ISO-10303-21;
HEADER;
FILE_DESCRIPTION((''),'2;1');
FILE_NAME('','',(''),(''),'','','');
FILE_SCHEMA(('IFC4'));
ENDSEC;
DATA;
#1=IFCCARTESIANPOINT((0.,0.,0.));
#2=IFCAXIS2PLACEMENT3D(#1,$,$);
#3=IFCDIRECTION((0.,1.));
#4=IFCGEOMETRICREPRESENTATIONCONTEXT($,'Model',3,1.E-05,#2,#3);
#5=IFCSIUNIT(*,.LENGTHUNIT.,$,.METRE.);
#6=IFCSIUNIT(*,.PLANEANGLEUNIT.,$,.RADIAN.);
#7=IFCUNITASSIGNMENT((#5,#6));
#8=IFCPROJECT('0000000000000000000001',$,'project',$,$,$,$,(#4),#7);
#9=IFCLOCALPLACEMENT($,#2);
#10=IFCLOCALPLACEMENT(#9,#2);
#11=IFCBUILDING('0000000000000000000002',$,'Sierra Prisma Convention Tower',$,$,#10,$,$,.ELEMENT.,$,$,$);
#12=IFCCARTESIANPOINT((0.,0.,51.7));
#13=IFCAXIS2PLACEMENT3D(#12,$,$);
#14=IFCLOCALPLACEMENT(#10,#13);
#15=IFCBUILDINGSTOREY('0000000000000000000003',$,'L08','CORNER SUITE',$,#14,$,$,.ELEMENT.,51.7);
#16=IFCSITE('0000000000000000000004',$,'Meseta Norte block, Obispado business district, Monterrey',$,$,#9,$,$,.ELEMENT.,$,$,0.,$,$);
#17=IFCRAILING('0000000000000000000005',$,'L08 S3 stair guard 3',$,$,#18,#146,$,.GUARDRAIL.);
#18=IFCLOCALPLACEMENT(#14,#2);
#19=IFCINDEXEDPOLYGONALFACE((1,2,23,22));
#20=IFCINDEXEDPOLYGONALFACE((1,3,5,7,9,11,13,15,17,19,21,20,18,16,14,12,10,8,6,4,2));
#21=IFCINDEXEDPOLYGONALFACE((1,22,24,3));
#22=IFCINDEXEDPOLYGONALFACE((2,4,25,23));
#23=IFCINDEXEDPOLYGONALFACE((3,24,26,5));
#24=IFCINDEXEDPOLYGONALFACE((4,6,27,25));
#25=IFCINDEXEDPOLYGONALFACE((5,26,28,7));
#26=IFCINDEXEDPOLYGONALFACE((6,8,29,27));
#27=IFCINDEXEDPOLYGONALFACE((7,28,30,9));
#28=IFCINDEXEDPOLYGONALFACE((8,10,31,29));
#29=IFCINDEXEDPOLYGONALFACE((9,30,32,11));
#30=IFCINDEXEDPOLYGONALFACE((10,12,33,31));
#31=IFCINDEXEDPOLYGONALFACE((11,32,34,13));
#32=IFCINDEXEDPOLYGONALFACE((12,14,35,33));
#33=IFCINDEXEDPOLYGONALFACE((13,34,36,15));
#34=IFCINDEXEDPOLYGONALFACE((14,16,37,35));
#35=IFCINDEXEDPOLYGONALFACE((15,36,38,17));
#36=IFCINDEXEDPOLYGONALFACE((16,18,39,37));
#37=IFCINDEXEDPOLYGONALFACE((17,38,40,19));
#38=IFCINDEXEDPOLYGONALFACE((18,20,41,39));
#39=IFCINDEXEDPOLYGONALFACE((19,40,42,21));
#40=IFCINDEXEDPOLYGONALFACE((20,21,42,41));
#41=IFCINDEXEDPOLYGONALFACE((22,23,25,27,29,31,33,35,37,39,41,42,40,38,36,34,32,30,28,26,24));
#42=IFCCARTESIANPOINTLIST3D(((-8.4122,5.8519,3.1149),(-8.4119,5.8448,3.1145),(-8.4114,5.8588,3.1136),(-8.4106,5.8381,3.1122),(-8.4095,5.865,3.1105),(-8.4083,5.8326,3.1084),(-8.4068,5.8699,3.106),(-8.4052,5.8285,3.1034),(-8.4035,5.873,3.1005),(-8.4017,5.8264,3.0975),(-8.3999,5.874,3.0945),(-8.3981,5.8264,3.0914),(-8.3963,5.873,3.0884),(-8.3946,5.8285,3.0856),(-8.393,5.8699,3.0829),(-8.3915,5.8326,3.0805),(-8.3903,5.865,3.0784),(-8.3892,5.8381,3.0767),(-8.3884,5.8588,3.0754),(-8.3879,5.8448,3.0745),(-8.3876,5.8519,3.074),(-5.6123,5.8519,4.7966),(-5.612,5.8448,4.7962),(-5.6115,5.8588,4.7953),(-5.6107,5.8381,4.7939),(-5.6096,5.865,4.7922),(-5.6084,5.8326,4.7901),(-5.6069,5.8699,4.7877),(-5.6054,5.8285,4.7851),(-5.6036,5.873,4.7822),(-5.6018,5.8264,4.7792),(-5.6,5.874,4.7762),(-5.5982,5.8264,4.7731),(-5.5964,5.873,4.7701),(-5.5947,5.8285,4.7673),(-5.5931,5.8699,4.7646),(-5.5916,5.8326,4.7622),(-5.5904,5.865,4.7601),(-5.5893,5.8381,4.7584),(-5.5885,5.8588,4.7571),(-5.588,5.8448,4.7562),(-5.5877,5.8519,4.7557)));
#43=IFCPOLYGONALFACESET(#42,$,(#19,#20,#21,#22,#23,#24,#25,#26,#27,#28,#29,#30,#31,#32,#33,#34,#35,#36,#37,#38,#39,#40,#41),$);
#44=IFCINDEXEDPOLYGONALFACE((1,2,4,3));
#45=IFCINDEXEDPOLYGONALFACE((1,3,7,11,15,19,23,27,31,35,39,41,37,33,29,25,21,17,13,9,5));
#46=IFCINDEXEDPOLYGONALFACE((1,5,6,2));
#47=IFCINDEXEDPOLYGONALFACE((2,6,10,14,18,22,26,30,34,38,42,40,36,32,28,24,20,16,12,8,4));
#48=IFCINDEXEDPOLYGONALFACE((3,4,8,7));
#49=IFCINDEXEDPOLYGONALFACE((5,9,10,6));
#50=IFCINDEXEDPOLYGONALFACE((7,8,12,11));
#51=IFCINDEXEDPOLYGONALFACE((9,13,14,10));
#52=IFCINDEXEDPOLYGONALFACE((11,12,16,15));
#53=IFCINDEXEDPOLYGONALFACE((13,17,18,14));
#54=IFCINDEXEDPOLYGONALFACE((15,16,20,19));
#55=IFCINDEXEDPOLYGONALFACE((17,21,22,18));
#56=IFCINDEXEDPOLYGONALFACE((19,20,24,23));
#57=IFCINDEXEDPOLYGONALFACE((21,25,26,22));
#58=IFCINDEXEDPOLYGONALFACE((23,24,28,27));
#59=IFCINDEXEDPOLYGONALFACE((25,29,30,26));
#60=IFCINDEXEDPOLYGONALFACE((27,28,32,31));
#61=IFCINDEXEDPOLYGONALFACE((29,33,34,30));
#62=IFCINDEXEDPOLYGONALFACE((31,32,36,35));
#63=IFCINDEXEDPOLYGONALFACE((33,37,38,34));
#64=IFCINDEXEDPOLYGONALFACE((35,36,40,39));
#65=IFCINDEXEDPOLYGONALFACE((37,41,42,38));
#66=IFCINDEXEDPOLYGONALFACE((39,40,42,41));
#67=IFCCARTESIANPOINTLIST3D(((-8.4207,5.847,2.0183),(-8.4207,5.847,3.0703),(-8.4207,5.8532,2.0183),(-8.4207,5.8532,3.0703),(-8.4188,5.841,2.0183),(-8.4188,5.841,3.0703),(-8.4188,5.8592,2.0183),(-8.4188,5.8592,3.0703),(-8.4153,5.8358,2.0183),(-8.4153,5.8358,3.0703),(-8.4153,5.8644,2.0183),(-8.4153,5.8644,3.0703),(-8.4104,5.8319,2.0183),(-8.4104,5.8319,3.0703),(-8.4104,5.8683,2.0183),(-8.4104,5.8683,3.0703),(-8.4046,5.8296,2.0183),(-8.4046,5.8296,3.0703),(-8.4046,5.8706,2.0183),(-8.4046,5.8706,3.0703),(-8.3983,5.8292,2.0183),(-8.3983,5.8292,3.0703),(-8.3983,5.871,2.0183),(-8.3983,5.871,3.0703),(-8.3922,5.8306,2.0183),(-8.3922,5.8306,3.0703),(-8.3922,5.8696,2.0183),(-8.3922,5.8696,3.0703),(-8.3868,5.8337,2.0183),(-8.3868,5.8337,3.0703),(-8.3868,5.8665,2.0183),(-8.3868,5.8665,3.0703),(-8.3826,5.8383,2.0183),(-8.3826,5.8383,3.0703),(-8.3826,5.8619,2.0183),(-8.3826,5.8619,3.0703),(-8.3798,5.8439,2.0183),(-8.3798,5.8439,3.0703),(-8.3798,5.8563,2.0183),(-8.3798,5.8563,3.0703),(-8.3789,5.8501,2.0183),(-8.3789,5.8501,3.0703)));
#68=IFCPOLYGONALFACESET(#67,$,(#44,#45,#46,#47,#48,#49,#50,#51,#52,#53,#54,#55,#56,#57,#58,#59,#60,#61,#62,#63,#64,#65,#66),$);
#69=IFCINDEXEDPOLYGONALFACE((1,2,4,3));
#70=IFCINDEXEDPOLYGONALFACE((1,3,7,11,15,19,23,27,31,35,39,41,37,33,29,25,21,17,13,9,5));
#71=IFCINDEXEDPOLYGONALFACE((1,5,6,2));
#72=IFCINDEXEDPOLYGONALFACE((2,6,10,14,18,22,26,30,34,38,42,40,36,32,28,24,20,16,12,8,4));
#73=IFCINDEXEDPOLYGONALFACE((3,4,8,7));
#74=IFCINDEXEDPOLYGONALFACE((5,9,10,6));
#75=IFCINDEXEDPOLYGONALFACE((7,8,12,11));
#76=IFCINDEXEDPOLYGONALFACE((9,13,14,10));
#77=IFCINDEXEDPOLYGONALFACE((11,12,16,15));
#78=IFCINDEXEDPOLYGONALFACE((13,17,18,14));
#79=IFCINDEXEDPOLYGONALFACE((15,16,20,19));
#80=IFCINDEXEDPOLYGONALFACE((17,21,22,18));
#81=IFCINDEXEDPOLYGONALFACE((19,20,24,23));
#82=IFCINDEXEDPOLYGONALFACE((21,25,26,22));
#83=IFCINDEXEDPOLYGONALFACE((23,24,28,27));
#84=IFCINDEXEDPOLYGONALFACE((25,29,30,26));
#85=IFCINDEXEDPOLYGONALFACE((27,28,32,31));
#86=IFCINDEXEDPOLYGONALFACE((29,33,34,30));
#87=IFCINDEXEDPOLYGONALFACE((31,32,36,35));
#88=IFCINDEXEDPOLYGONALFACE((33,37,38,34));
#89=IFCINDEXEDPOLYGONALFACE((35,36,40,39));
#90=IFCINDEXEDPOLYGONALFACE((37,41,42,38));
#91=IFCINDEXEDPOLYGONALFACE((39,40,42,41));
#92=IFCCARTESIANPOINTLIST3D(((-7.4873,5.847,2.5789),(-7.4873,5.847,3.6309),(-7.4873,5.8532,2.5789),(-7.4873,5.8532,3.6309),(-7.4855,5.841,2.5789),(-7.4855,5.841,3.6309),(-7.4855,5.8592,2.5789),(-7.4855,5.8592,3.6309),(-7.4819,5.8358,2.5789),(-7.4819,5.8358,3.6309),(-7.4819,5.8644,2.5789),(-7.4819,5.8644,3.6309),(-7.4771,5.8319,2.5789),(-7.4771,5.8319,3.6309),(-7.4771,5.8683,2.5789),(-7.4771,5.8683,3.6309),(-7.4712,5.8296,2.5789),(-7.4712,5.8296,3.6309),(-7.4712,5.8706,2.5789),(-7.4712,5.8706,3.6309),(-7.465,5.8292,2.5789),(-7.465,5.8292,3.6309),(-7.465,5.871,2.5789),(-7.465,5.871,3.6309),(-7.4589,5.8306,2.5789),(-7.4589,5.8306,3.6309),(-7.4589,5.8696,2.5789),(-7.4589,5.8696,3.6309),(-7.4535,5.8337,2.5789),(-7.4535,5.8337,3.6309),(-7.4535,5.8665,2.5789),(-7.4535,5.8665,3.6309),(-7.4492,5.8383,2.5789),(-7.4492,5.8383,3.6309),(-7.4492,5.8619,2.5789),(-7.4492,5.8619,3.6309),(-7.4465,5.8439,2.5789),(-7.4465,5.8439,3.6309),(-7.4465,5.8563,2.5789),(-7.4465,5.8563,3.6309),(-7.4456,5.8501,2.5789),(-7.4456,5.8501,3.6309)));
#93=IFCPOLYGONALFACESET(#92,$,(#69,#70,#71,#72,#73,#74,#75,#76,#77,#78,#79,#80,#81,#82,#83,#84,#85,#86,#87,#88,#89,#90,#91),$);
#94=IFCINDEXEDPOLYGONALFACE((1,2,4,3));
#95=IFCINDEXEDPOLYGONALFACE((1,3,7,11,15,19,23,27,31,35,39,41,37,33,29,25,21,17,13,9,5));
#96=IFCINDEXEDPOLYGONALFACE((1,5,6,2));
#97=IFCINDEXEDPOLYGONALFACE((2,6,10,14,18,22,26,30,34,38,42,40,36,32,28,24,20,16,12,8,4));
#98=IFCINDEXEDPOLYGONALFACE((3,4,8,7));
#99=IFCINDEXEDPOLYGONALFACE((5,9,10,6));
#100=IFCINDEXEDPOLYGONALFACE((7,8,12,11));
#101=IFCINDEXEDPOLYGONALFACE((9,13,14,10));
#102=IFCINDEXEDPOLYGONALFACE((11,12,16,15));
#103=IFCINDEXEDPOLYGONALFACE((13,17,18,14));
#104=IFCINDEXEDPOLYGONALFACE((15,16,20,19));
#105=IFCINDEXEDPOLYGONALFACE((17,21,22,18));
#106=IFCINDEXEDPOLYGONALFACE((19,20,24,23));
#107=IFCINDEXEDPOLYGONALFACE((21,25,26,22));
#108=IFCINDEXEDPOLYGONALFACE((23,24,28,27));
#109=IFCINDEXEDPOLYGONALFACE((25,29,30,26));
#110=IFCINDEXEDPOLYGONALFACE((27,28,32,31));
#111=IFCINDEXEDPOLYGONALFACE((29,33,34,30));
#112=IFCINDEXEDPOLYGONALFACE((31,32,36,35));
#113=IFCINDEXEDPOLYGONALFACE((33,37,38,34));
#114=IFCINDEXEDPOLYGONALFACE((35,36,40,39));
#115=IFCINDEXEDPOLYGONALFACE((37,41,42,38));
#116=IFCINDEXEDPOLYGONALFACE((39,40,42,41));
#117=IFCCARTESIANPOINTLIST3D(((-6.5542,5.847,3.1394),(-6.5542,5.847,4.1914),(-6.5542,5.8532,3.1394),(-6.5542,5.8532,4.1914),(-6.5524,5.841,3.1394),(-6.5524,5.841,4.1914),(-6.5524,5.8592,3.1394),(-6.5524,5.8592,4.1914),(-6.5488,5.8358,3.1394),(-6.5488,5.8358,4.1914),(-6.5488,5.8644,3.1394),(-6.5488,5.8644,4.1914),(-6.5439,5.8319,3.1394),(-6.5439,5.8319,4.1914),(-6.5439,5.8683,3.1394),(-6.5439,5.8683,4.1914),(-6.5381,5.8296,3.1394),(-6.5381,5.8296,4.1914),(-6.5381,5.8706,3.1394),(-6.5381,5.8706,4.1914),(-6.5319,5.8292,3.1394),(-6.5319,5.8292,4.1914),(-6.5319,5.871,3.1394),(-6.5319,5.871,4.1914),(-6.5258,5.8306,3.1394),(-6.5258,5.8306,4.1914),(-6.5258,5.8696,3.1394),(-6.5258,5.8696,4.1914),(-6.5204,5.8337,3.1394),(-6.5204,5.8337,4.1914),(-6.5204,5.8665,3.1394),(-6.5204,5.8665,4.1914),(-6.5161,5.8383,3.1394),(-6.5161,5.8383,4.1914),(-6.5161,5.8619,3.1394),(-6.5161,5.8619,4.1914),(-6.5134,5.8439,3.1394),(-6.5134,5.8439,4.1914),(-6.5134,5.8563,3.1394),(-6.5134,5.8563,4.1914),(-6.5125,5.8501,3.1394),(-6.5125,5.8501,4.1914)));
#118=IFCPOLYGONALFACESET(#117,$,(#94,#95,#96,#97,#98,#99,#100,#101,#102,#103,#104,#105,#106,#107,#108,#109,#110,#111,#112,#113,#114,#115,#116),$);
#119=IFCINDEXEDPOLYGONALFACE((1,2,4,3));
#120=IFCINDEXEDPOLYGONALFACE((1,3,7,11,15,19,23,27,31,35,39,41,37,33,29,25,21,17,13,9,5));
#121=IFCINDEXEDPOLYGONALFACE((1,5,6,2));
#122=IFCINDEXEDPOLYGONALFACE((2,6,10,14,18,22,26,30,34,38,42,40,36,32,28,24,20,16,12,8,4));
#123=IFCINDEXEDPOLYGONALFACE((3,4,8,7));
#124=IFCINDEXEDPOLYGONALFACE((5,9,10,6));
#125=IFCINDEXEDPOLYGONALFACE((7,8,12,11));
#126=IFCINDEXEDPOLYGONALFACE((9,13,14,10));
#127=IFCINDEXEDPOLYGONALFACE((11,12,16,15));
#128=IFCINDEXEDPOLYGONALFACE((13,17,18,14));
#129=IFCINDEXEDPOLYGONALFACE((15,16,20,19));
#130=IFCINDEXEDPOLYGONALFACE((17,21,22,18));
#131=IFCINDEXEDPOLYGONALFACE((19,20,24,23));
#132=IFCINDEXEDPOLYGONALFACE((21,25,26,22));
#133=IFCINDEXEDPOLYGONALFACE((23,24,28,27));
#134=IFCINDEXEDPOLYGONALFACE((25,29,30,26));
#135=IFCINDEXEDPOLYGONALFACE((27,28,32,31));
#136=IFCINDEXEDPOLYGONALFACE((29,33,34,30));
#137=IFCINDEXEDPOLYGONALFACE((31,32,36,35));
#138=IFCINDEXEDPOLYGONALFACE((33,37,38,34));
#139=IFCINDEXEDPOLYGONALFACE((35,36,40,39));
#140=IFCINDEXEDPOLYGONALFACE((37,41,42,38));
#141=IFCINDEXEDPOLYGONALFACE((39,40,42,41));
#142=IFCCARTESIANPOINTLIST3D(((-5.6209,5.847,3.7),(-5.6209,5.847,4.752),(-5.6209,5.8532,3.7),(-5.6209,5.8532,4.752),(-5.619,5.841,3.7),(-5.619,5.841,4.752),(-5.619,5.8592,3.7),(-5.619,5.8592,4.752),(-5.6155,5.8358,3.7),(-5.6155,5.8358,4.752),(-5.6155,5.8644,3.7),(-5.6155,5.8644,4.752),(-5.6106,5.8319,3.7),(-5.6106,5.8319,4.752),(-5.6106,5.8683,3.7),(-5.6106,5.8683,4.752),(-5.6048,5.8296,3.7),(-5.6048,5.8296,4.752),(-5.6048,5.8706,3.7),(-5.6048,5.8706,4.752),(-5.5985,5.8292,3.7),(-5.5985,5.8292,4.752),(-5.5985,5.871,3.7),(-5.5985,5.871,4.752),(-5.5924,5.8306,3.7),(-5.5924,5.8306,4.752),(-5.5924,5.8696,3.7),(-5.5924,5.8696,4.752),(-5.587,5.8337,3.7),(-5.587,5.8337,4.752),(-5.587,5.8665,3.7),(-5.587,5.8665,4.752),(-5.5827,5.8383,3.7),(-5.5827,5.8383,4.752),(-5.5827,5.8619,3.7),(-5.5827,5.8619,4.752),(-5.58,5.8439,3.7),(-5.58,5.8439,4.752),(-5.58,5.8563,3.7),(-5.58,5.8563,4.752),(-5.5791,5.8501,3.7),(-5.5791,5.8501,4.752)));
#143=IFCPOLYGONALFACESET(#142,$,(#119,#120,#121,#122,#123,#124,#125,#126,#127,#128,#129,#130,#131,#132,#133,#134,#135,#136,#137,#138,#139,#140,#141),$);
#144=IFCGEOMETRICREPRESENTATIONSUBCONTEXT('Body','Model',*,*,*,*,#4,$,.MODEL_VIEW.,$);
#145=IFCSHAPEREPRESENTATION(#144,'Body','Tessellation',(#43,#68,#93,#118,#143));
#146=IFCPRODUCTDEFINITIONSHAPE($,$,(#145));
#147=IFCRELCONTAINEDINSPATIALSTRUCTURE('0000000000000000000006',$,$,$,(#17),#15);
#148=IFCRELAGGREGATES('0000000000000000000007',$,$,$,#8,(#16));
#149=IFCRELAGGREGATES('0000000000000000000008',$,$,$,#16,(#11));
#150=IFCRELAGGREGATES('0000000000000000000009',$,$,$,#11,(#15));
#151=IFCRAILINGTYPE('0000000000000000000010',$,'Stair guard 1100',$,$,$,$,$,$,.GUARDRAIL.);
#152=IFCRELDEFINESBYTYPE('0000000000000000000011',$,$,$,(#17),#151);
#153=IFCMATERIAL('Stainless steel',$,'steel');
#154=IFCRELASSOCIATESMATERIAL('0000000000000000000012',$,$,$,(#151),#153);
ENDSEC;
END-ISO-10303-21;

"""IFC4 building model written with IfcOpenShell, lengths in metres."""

from ifc_helpers import new_model, si_unit, direction, frame, origin, origin_2d, place, context, subcontext, project, spatial, circle, extrude, material, type_object, element, save


model = new_model("IFC4")

# Units and contexts
model_context = context("Model", 3, precision=1e-05, world=origin(), true_north=direction((0.0, 1.0)))
body_context = subcontext(model_context, "Body", "Model", "MODEL_VIEW")
ifc_project = project(units=[si_unit("LENGTHUNIT", "METRE"), si_unit("PLANEANGLEUNIT", "RADIAN")], contexts=[model_context])

# Site, building, storey
site_placement = place(None, origin())
site = spatial("IfcSite", under=ifc_project, at=site_placement, Name="Meseta Norte block, Obispado business district, Monterrey", CompositionType="ELEMENT", RefElevation=0.0)
building_placement = place(site_placement, origin())
building = spatial("IfcBuilding", under=site, at=building_placement, Name="Sierra Prisma Convention Tower", CompositionType="ELEMENT")
storey_placement = place(building_placement, frame((0.0, 0.0, 51.7)))
storey = spatial("IfcBuildingStorey", under=building, at=storey_placement, Name="L08", Description="CORNER SUITE", CompositionType="ELEMENT", Elevation=51.7)

# Railing
ifc_material_1 = material(Name="Stainless steel", Category="steel")
railing_type_1 = type_object("IfcRailingType", Name="Stair guard 1100", PredefinedType="GUARDRAIL", material=ifc_material_1)
railing_1_placement = place(storey_placement, frame((-8.3999, 5.8501, 2.0183)))
element("IfcRailing", 1, at=railing_1_placement, inside=storey, type_object=railing_type_1, Name="L08 S3 stair guard 3", PredefinedType="GUARDRAIL", context=body_context, shape_type="SweptSolid", body=[
    extrude(circle(Radius=0.0239, at=origin_2d()), frame((0.0, 0.0, 1.0762), z_axis=(0.857255, 0.0, 0.514891), x_axis=(0.0, 1.0, 0.0)), (0.0, 0.0, 1.0), 3.2661),
    extrude(circle(Radius=0.021, at=origin_2d()), origin(), (0.0, 0.0, 1.0), 1.052),
    extrude(circle(Radius=0.021, at=origin_2d()), frame((0.9333, 0.0, 0.5605)), (0.0, 0.0, 1.0), 1.052),
    extrude(circle(Radius=0.021, at=origin_2d()), frame((1.8665, 0.0, 1.1211)), (0.0, 0.0, 1.0), 1.052),
    extrude(circle(Radius=0.021, at=origin_2d()), frame((2.7998, 0.0, 1.6816)), (0.0, 0.0, 1.0), 1.052),
])

save(model, "model.ifc")
